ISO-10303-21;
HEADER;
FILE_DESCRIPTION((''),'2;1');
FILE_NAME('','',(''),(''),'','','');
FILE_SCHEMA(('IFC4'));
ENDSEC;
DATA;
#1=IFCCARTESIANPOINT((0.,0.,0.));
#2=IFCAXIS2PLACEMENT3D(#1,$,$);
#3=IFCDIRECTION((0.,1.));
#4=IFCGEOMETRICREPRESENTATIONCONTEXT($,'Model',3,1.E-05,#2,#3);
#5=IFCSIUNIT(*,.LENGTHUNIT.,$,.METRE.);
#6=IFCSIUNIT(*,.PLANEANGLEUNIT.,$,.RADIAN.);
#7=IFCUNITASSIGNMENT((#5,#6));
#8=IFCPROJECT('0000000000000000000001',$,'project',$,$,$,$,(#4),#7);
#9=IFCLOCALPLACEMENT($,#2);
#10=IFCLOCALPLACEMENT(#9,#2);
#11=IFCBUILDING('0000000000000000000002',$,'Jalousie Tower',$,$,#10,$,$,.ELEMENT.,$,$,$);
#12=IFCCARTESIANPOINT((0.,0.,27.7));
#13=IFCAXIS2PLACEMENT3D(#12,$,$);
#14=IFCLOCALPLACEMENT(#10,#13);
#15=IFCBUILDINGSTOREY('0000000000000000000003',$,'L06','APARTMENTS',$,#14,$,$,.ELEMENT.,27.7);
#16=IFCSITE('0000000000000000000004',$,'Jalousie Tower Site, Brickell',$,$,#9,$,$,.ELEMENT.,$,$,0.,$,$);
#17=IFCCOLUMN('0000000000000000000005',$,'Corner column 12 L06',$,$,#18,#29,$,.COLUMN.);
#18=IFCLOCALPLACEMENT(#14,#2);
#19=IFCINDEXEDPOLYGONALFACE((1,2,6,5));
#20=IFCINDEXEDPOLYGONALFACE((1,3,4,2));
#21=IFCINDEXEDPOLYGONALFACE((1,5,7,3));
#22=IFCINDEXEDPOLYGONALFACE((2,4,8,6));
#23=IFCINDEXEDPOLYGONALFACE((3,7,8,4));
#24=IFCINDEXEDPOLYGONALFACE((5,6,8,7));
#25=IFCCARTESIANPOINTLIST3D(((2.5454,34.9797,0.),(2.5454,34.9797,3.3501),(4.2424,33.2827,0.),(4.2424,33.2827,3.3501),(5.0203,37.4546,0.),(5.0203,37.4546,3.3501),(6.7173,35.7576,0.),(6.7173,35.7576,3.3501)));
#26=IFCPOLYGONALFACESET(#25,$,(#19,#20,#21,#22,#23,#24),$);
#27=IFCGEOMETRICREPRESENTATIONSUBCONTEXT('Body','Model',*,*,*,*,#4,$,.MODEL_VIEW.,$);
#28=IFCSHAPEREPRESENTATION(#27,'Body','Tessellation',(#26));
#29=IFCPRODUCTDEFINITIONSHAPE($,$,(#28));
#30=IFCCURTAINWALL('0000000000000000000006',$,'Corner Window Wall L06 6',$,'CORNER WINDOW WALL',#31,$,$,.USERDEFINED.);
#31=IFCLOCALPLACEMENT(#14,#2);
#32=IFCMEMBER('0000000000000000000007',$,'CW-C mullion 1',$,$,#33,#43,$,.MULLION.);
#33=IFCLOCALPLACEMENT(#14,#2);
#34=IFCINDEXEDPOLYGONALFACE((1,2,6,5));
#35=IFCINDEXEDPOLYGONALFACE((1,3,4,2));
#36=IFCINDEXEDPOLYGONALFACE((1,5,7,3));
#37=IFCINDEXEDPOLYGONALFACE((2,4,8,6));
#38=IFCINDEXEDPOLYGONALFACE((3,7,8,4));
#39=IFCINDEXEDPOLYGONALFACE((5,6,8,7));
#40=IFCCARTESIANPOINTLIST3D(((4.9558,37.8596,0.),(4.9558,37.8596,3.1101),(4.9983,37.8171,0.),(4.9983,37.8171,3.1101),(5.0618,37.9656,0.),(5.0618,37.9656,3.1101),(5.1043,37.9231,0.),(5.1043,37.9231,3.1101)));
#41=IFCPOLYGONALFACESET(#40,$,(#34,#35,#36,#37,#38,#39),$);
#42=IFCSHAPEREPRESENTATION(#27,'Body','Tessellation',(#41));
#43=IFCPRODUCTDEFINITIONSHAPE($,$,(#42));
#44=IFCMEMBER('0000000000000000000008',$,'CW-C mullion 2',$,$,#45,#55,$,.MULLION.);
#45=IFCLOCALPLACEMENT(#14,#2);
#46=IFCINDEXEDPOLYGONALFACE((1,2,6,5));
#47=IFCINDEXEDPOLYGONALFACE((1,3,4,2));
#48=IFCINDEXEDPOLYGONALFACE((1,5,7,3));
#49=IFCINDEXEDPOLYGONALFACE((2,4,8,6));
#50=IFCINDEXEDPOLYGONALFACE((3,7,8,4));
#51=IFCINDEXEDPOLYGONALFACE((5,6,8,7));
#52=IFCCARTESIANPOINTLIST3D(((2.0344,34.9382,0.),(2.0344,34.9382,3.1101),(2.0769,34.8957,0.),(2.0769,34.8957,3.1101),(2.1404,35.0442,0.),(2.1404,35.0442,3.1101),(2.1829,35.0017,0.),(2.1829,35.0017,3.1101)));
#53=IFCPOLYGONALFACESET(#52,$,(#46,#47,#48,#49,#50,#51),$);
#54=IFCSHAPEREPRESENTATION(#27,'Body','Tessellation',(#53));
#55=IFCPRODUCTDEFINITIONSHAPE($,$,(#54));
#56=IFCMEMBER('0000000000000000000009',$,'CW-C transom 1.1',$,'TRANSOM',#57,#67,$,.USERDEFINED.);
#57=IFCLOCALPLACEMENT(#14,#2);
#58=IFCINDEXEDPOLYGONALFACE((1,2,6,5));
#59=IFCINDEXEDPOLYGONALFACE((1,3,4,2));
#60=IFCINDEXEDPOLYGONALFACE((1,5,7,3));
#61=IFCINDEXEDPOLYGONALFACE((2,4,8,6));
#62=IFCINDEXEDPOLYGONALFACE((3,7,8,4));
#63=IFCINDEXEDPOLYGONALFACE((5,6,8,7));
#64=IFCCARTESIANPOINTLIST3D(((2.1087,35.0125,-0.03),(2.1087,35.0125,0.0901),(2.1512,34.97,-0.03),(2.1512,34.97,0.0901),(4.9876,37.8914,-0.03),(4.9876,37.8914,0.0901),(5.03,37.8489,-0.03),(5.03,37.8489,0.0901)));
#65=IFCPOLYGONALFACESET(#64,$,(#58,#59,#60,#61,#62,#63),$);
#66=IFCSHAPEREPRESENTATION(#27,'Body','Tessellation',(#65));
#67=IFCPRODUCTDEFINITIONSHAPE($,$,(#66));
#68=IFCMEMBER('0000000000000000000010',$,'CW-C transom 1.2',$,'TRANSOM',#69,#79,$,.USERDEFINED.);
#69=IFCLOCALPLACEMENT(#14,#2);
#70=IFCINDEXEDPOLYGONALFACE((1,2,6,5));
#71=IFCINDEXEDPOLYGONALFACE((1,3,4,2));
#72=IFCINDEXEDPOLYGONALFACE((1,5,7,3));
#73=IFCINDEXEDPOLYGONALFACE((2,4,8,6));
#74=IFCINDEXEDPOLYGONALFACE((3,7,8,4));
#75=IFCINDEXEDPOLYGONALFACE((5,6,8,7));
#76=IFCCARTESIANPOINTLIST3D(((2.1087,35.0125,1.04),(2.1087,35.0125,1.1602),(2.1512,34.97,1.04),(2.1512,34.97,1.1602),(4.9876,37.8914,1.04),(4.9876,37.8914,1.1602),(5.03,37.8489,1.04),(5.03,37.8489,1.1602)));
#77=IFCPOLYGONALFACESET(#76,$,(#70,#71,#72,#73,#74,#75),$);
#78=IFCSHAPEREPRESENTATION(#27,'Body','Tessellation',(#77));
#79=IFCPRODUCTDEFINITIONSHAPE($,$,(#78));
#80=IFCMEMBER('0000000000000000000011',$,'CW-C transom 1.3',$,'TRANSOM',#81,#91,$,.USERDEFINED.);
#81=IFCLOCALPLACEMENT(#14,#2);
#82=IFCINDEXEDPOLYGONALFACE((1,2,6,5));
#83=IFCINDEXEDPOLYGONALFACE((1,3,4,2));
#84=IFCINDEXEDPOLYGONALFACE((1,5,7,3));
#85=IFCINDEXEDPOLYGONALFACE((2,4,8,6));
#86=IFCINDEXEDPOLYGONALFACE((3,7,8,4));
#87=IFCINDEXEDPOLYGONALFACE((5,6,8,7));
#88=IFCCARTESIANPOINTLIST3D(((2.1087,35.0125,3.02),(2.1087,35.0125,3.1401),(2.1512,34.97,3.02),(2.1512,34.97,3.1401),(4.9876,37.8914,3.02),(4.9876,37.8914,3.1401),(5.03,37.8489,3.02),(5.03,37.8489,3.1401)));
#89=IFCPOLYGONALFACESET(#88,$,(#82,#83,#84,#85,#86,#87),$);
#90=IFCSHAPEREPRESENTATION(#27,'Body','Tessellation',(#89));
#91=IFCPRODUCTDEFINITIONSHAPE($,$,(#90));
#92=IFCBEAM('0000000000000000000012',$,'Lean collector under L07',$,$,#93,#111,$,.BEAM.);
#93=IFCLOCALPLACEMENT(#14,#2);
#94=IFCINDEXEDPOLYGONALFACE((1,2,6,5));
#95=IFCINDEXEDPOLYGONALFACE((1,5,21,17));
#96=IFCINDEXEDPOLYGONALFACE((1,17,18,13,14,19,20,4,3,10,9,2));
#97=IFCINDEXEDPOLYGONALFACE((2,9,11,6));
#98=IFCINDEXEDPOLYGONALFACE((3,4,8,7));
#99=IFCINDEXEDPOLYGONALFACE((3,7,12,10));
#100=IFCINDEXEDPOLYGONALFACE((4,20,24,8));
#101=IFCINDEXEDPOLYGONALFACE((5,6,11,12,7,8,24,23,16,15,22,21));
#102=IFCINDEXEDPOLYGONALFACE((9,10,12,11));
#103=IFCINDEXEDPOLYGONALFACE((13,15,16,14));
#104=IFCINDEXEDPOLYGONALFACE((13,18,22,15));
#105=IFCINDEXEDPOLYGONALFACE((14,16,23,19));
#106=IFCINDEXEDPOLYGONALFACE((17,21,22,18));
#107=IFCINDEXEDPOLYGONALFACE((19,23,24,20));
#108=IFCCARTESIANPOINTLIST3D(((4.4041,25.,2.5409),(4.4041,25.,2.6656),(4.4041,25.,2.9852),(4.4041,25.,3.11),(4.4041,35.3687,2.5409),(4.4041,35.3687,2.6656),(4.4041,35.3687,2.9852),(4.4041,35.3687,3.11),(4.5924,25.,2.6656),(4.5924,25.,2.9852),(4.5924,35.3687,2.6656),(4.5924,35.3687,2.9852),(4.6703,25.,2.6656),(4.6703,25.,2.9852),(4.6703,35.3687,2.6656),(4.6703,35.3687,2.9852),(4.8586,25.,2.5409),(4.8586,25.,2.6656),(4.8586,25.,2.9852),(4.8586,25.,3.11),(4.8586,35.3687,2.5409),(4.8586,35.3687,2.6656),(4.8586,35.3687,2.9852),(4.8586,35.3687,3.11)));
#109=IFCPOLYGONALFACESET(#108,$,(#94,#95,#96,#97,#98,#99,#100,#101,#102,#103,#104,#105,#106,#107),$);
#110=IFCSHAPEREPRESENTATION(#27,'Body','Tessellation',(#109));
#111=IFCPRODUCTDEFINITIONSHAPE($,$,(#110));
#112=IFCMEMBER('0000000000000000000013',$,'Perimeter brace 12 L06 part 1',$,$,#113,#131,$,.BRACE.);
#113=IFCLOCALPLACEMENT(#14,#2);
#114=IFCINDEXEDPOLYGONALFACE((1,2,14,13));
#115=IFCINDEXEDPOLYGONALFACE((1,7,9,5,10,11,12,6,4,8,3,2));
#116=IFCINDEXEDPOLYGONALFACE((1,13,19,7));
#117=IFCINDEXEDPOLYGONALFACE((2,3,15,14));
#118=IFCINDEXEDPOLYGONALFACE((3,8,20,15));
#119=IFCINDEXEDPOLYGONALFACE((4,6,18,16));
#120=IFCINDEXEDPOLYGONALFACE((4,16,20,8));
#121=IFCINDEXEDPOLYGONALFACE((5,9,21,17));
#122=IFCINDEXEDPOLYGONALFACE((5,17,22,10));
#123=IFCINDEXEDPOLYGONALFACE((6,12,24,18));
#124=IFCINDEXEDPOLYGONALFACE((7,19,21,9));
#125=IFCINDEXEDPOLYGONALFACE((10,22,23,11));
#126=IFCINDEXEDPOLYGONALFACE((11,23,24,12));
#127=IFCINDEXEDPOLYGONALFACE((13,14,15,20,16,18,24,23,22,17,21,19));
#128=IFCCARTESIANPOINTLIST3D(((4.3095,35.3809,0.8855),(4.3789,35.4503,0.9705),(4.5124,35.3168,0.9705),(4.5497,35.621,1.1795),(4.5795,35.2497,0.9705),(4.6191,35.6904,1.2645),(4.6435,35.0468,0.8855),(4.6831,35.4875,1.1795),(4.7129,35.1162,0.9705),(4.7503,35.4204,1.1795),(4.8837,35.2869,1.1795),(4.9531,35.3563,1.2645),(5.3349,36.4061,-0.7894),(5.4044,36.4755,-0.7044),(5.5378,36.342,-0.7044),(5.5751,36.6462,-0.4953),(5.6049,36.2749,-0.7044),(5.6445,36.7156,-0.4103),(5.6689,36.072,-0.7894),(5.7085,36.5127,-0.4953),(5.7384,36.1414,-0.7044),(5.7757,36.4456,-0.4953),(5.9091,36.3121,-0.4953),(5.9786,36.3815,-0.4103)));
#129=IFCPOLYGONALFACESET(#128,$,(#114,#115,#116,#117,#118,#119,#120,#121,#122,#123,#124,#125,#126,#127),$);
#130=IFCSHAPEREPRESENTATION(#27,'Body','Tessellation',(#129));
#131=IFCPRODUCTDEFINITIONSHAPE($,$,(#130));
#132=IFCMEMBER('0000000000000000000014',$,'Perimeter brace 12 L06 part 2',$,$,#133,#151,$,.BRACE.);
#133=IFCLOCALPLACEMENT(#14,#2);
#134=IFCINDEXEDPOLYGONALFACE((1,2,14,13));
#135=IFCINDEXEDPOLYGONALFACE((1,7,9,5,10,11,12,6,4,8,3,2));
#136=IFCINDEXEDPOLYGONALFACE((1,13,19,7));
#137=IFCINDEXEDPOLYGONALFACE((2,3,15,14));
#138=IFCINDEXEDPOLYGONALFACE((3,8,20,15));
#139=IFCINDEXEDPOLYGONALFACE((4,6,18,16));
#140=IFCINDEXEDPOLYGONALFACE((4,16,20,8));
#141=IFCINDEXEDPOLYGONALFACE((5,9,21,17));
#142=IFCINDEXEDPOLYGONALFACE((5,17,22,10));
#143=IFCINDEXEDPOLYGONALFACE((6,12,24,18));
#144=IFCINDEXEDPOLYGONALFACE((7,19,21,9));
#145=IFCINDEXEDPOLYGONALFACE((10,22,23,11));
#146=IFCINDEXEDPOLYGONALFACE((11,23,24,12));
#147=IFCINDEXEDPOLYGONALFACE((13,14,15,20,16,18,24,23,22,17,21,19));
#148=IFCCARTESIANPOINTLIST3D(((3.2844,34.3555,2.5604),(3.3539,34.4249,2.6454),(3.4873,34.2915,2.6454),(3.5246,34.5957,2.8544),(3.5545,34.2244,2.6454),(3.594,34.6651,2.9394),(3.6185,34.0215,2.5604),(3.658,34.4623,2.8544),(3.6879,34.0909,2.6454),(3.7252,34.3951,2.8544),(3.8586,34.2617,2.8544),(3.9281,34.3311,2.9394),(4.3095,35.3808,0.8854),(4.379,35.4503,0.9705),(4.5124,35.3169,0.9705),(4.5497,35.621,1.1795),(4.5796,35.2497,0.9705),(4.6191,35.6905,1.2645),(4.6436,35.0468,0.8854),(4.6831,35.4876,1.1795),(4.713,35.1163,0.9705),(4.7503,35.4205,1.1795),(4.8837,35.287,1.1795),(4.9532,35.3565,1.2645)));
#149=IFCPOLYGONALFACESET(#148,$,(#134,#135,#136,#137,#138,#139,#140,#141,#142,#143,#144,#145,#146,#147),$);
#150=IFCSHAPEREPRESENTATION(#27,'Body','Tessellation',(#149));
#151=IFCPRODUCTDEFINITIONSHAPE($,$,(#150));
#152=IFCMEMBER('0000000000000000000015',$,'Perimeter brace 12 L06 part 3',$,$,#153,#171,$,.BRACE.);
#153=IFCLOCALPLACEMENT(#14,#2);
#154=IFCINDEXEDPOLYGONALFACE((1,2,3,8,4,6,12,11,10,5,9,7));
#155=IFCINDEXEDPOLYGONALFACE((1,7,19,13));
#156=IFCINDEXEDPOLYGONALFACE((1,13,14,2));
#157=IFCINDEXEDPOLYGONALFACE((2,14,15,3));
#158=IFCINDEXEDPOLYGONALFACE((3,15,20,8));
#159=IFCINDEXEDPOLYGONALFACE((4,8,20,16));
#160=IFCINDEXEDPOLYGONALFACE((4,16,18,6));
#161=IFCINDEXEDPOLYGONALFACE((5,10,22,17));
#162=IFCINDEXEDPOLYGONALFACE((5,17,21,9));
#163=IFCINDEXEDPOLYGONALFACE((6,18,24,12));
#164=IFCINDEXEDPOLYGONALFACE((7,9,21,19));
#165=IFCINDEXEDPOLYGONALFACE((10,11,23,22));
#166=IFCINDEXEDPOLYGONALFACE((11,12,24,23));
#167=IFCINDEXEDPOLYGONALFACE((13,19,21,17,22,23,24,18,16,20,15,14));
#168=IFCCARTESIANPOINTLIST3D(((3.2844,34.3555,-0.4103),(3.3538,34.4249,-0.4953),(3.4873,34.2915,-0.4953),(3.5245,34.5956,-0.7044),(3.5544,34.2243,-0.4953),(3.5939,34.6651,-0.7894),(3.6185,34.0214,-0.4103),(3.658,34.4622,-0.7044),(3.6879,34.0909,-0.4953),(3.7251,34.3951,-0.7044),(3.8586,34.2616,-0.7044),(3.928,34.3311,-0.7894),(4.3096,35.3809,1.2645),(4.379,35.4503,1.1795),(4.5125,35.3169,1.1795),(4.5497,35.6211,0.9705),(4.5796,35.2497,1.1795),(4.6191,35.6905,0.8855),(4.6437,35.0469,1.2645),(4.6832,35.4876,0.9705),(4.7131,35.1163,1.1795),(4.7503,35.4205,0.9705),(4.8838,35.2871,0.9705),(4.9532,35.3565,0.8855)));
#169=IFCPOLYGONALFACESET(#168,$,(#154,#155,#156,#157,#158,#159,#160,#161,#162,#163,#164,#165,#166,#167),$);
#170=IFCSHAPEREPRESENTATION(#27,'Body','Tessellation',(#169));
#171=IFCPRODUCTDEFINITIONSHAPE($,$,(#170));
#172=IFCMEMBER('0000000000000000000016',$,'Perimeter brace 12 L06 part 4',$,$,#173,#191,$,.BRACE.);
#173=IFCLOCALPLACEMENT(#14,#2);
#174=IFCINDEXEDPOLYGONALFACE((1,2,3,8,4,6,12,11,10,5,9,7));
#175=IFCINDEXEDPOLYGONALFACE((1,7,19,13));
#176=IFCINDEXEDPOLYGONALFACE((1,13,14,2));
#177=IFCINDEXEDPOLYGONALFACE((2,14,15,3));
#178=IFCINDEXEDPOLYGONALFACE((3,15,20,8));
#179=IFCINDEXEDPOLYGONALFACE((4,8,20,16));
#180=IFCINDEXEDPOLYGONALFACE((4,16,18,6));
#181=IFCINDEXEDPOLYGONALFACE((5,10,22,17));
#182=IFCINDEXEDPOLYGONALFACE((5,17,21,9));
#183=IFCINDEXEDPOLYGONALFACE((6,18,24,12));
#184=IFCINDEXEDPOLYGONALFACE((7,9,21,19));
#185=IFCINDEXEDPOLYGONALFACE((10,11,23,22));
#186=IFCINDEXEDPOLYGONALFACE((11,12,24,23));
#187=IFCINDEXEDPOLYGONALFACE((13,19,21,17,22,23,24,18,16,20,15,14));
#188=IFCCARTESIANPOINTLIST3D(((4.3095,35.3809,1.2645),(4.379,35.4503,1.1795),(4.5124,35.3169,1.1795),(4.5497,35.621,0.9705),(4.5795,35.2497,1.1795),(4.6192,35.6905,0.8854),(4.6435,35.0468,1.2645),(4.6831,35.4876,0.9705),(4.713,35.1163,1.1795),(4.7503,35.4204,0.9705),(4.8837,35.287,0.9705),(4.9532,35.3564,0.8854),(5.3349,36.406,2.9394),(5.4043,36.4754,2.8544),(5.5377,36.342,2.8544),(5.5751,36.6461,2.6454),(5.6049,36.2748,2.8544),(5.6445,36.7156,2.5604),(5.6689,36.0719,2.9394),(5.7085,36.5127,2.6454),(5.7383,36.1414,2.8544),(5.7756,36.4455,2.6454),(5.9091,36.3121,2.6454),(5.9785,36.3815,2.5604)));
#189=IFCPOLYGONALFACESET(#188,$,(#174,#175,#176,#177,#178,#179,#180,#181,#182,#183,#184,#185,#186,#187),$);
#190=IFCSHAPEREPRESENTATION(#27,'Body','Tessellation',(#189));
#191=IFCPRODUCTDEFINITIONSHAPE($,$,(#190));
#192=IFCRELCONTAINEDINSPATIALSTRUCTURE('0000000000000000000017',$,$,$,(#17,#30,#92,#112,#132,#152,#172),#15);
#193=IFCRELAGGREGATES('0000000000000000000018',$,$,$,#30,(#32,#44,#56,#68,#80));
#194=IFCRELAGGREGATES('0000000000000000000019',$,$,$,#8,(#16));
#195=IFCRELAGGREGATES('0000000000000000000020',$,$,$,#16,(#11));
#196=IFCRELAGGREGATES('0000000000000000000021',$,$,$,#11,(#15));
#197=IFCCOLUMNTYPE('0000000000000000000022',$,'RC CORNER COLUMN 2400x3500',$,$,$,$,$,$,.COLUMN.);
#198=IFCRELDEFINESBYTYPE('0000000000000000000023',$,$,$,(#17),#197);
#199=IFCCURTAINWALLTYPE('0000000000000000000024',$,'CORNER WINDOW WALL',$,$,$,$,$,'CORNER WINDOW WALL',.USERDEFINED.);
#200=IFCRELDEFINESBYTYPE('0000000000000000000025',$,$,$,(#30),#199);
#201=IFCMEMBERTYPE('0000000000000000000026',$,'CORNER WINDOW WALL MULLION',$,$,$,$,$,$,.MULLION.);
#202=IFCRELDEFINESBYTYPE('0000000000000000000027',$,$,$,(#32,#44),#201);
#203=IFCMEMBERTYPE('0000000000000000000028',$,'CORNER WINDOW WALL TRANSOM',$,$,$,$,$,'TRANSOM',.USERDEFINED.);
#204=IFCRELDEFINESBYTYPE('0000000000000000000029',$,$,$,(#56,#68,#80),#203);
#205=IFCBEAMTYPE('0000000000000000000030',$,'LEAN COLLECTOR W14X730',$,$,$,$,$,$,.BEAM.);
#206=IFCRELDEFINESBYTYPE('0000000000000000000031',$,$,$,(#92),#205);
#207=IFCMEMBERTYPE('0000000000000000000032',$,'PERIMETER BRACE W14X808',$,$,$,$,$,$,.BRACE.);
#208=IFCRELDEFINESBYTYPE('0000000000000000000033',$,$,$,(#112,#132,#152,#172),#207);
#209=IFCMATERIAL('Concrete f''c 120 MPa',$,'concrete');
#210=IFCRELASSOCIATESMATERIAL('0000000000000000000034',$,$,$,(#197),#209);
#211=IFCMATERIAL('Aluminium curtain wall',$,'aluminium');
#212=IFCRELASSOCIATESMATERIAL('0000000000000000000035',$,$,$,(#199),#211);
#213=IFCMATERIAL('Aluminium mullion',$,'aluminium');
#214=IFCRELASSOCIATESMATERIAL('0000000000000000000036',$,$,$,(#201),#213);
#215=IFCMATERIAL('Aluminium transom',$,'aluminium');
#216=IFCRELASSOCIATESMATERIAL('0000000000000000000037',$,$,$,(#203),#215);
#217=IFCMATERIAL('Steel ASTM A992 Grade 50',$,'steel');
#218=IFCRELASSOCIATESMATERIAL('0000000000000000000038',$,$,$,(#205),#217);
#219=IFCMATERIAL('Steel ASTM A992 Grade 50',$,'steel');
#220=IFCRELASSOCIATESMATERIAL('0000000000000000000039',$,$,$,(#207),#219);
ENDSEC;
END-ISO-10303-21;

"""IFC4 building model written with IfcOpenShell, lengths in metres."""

from ifc_helpers import new_model, si_unit, direction, frame, origin, origin_2d, place, context, subcontext, project, spatial, rectangle, i_section, extrude, material, material_profile, profile_set, type_object, element, aggregate, save


model = new_model("IFC4")

# Units and contexts
model_context = context("Model", 3, precision=1e-05, world=origin(), true_north=direction((0.0, 1.0)))
body_context = subcontext(model_context, "Body", "Model", "MODEL_VIEW")
ifc_project = project(units=[si_unit("LENGTHUNIT", "METRE"), si_unit("PLANEANGLEUNIT", "RADIAN")], contexts=[model_context])

# Site, building, storey
site_placement = place(None, origin())
site = spatial("IfcSite", under=ifc_project, at=site_placement, Name="Jalousie Tower Site, Brickell", CompositionType="ELEMENT", RefElevation=0.0)
building_placement = place(site_placement, origin())
building = spatial("IfcBuilding", under=site, at=building_placement, Name="Jalousie Tower", CompositionType="ELEMENT")
storey_placement = place(building_placement, frame((0.0, 0.0, 27.7)))
storey = spatial("IfcBuildingStorey", under=building, at=storey_placement, Name="L06", Description="APARTMENTS", CompositionType="ELEMENT", Elevation=27.7)

# Column
ifc_material_1 = material(Name="Concrete f'c 120 MPa", Category="concrete")
ifc_material_profile_1 = material_profile(ifc_material_1, rectangle(XDim=2.3999, YDim=3.5, at=origin_2d()), Name="RC 2400x3500")
ifc_profile_set_1 = profile_set([ifc_material_profile_1], Name="Concrete f'c 120 MPa")
column_type = type_object("IfcColumnType", Name="RC CORNER COLUMN 2400x3500", PredefinedType="COLUMN", material=ifc_profile_set_1)
column_placement = place(storey_placement, frame((4.6313, 35.3687, 0.0), z_axis=(0.0, 0.0, 1.0), x_axis=(0.707107, -0.707107, 0.0)))
element("IfcColumn", 1, at=column_placement, inside=storey, type_object=column_type, Name="Corner column 12 L06", PredefinedType="COLUMN", context=body_context, shape_type="SweptSolid", body=[
    extrude(rectangle(XDim=2.3999, YDim=3.5, at=origin_2d()), origin(), (0.0, 0.0, 1.0), 3.3501),
])

# Curtain wall, members
ifc_material_2 = material(Name="Aluminium curtain wall", Category="aluminium")
curtain_wall_type_1 = type_object("IfcCurtainWallType", Name="CORNER WINDOW WALL", ElementType="CORNER WINDOW WALL", PredefinedType="USERDEFINED", material=ifc_material_2)
curtain_wall_1_placement = place(storey_placement, origin())
curtain_wall_1 = element("IfcCurtainWall", 2, at=curtain_wall_1_placement, inside=storey, type_object=curtain_wall_type_1, Name="Corner Window Wall L06 6", ObjectType="CORNER WINDOW WALL", PredefinedType="USERDEFINED")
ifc_material_3 = material(Name="Aluminium mullion", Category="aluminium")
ifc_material_profile_2 = material_profile(ifc_material_3, rectangle(XDim=0.0601, YDim=0.1499, at=origin_2d()), Name="MULLION 60x150")
ifc_profile_set_2 = profile_set([ifc_material_profile_2], Name="Aluminium mullion")
member_type_1 = type_object("IfcMemberType", Name="CORNER WINDOW WALL MULLION", PredefinedType="MULLION", material=ifc_profile_set_2)
member_1_placement = place(storey_placement, frame((5.03, 37.8914, 0.0), z_axis=(0.0, 0.0, 1.0), x_axis=(0.707107, -0.707107, 0.0)))
member_1 = element("IfcMember", 3, at=member_1_placement, type_object=member_type_1, Name="CW-C mullion 1", PredefinedType="MULLION", context=body_context, shape_type="SweptSolid", body=[
    extrude(rectangle(XDim=0.0601, YDim=0.1499, at=origin_2d()), origin(), (0.0, 0.0, 1.0), 3.1101),
])
member_2_placement = place(storey_placement, frame((2.1086, 34.97, 0.0), z_axis=(0.0, 0.0, 1.0), x_axis=(0.707107, -0.707107, 0.0)))
member_2 = element("IfcMember", 4, at=member_2_placement, type_object=member_type_1, Name="CW-C mullion 2", PredefinedType="MULLION", context=body_context, shape_type="SweptSolid", body=[
    extrude(rectangle(XDim=0.0601, YDim=0.1499, at=origin_2d()), origin(), (0.0, 0.0, 1.0), 3.1101),
])
ifc_material_4 = material(Name="Aluminium transom", Category="aluminium")
ifc_material_profile_3 = material_profile(ifc_material_4, rectangle(XDim=0.0601, YDim=0.1201, at=origin_2d()), Name="TRANSOM 60x120")
ifc_profile_set_3 = profile_set([ifc_material_profile_3], Name="Aluminium transom")
member_type_2 = type_object("IfcMemberType", Name="CORNER WINDOW WALL TRANSOM", ElementType="TRANSOM", PredefinedType="USERDEFINED", material=ifc_profile_set_3)
member_3_placement = place(storey_placement, frame((5.0088, 37.8701, 0.03), z_axis=(-0.707107, -0.707107, 0.0), x_axis=(0.707107, -0.707107, 0.0)))
member_3 = element("IfcMember", 5, at=member_3_placement, type_object=member_type_2, Name="CW-C transom 1.1", ObjectType="TRANSOM", PredefinedType="USERDEFINED", context=body_context, shape_type="SweptSolid", body=[
    extrude(rectangle(XDim=0.0601, YDim=0.1201, at=origin_2d()), origin(), (0.0, 0.0, 1.0), 4.0713),
])
member_4_placement = place(storey_placement, frame((5.0088, 37.8701, 1.1001), z_axis=(-0.707107, -0.707107, 0.0), x_axis=(0.707107, -0.707107, 0.0)))
member_4 = element("IfcMember", 6, at=member_4_placement, type_object=member_type_2, Name="CW-C transom 1.2", ObjectType="TRANSOM", PredefinedType="USERDEFINED", context=body_context, shape_type="SweptSolid", body=[
    extrude(rectangle(XDim=0.0601, YDim=0.1201, at=origin_2d()), origin(), (0.0, 0.0, 1.0), 4.0713),
])
member_5_placement = place(storey_placement, frame((5.0088, 37.8701, 3.0801), z_axis=(-0.707107, -0.707107, 0.0), x_axis=(0.707107, -0.707107, 0.0)))
member_5 = element("IfcMember", 7, at=member_5_placement, type_object=member_type_2, Name="CW-C transom 1.3", ObjectType="TRANSOM", PredefinedType="USERDEFINED", context=body_context, shape_type="SweptSolid", body=[
    extrude(rectangle(XDim=0.0601, YDim=0.1201, at=origin_2d()), origin(), (0.0, 0.0, 1.0), 4.0713),
])

# Beam
ifc_material_5 = material(Name="Steel ASTM A992 Grade 50", Category="steel")
ifc_material_profile_4 = material_profile(ifc_material_5, i_section(OverallWidth=0.4546, OverallDepth=0.5691, WebThickness=0.0779, FlangeThickness=0.1248, at=origin_2d()), Name="W14X730")
ifc_profile_set_4 = profile_set([ifc_material_profile_4], Name="Steel ASTM A992 Grade 50")
beam_type_1 = type_object("IfcBeamType", Name="LEAN COLLECTOR W14X730", PredefinedType="BEAM", material=ifc_profile_set_4)
beam_1_placement = place(storey_placement, frame((4.6313, 35.3687, 2.8254), z_axis=(0.0, -1.0, 0.0), x_axis=(1.0, 0.0, 0.0)))
element("IfcBeam", 8, at=beam_1_placement, inside=storey, type_object=beam_type_1, Name="Lean collector under L07", PredefinedType="BEAM", context=body_context, shape_type="SweptSolid", body=[
    extrude(i_section(OverallWidth=0.4546, OverallDepth=0.5691, WebThickness=0.0779, FlangeThickness=0.1248, at=origin_2d()), origin(), (0.0, 0.0, 1.0), 10.3687),
])

# Members
ifc_material_6 = material(Name="Steel ASTM A992 Grade 50", Category="steel")
ifc_material_profile_5 = material_profile(ifc_material_6, i_section(OverallWidth=0.4724, OverallDepth=0.5791, WebThickness=0.095, FlangeThickness=0.1299, at=origin_2d()), Name="W14X808")
ifc_profile_set_5 = profile_set([ifc_material_profile_5], Name="Steel ASTM A992 Grade 50")
member_type_3 = type_object("IfcMemberType", Name="PERIMETER BRACE W14X808", PredefinedType="BRACE", material=ifc_profile_set_5)
for number, where, z_axis, x_axis, name in (
    (9, (5.6567, 36.3938, -0.5999), (-0.462879, -0.462768, 0.756035), (0.707023, -0.707191, 0.0), "Perimeter brace 12 L06 part 1"),
    (10, (4.6313, 35.3687, 1.075), (-0.46273, -0.46284, 0.756082), (0.707191, -0.707023, 0.0), "Perimeter brace 12 L06 part 2"),
    (11, (3.6062, 34.3433, -0.5999), (0.462768, 0.462879, 0.756035), (-0.707191, 0.707023, 0.0), "Perimeter brace 12 L06 part 3"),
    (12, (4.6313, 35.3687, 1.075), (0.46284, 0.46273, 0.756082), (-0.707023, 0.707191, 0.0), "Perimeter brace 12 L06 part 4"),
):
    element("IfcMember", number, at=place(storey_placement, frame(where, z_axis=z_axis, x_axis=x_axis)), inside=storey, type_object=member_type_3, Name=name, PredefinedType="BRACE", context=body_context, shape_type="SweptSolid", body=[
        extrude(i_section(OverallWidth=0.4724, OverallDepth=0.5791, WebThickness=0.095, FlangeThickness=0.1299, at=origin_2d()), origin(), (0.0, 0.0, 1.0), 2.2153),
    ])

aggregate(curtain_wall_1, [member_1, member_2, member_3, member_4, member_5])

save(model, "model.ifc")
